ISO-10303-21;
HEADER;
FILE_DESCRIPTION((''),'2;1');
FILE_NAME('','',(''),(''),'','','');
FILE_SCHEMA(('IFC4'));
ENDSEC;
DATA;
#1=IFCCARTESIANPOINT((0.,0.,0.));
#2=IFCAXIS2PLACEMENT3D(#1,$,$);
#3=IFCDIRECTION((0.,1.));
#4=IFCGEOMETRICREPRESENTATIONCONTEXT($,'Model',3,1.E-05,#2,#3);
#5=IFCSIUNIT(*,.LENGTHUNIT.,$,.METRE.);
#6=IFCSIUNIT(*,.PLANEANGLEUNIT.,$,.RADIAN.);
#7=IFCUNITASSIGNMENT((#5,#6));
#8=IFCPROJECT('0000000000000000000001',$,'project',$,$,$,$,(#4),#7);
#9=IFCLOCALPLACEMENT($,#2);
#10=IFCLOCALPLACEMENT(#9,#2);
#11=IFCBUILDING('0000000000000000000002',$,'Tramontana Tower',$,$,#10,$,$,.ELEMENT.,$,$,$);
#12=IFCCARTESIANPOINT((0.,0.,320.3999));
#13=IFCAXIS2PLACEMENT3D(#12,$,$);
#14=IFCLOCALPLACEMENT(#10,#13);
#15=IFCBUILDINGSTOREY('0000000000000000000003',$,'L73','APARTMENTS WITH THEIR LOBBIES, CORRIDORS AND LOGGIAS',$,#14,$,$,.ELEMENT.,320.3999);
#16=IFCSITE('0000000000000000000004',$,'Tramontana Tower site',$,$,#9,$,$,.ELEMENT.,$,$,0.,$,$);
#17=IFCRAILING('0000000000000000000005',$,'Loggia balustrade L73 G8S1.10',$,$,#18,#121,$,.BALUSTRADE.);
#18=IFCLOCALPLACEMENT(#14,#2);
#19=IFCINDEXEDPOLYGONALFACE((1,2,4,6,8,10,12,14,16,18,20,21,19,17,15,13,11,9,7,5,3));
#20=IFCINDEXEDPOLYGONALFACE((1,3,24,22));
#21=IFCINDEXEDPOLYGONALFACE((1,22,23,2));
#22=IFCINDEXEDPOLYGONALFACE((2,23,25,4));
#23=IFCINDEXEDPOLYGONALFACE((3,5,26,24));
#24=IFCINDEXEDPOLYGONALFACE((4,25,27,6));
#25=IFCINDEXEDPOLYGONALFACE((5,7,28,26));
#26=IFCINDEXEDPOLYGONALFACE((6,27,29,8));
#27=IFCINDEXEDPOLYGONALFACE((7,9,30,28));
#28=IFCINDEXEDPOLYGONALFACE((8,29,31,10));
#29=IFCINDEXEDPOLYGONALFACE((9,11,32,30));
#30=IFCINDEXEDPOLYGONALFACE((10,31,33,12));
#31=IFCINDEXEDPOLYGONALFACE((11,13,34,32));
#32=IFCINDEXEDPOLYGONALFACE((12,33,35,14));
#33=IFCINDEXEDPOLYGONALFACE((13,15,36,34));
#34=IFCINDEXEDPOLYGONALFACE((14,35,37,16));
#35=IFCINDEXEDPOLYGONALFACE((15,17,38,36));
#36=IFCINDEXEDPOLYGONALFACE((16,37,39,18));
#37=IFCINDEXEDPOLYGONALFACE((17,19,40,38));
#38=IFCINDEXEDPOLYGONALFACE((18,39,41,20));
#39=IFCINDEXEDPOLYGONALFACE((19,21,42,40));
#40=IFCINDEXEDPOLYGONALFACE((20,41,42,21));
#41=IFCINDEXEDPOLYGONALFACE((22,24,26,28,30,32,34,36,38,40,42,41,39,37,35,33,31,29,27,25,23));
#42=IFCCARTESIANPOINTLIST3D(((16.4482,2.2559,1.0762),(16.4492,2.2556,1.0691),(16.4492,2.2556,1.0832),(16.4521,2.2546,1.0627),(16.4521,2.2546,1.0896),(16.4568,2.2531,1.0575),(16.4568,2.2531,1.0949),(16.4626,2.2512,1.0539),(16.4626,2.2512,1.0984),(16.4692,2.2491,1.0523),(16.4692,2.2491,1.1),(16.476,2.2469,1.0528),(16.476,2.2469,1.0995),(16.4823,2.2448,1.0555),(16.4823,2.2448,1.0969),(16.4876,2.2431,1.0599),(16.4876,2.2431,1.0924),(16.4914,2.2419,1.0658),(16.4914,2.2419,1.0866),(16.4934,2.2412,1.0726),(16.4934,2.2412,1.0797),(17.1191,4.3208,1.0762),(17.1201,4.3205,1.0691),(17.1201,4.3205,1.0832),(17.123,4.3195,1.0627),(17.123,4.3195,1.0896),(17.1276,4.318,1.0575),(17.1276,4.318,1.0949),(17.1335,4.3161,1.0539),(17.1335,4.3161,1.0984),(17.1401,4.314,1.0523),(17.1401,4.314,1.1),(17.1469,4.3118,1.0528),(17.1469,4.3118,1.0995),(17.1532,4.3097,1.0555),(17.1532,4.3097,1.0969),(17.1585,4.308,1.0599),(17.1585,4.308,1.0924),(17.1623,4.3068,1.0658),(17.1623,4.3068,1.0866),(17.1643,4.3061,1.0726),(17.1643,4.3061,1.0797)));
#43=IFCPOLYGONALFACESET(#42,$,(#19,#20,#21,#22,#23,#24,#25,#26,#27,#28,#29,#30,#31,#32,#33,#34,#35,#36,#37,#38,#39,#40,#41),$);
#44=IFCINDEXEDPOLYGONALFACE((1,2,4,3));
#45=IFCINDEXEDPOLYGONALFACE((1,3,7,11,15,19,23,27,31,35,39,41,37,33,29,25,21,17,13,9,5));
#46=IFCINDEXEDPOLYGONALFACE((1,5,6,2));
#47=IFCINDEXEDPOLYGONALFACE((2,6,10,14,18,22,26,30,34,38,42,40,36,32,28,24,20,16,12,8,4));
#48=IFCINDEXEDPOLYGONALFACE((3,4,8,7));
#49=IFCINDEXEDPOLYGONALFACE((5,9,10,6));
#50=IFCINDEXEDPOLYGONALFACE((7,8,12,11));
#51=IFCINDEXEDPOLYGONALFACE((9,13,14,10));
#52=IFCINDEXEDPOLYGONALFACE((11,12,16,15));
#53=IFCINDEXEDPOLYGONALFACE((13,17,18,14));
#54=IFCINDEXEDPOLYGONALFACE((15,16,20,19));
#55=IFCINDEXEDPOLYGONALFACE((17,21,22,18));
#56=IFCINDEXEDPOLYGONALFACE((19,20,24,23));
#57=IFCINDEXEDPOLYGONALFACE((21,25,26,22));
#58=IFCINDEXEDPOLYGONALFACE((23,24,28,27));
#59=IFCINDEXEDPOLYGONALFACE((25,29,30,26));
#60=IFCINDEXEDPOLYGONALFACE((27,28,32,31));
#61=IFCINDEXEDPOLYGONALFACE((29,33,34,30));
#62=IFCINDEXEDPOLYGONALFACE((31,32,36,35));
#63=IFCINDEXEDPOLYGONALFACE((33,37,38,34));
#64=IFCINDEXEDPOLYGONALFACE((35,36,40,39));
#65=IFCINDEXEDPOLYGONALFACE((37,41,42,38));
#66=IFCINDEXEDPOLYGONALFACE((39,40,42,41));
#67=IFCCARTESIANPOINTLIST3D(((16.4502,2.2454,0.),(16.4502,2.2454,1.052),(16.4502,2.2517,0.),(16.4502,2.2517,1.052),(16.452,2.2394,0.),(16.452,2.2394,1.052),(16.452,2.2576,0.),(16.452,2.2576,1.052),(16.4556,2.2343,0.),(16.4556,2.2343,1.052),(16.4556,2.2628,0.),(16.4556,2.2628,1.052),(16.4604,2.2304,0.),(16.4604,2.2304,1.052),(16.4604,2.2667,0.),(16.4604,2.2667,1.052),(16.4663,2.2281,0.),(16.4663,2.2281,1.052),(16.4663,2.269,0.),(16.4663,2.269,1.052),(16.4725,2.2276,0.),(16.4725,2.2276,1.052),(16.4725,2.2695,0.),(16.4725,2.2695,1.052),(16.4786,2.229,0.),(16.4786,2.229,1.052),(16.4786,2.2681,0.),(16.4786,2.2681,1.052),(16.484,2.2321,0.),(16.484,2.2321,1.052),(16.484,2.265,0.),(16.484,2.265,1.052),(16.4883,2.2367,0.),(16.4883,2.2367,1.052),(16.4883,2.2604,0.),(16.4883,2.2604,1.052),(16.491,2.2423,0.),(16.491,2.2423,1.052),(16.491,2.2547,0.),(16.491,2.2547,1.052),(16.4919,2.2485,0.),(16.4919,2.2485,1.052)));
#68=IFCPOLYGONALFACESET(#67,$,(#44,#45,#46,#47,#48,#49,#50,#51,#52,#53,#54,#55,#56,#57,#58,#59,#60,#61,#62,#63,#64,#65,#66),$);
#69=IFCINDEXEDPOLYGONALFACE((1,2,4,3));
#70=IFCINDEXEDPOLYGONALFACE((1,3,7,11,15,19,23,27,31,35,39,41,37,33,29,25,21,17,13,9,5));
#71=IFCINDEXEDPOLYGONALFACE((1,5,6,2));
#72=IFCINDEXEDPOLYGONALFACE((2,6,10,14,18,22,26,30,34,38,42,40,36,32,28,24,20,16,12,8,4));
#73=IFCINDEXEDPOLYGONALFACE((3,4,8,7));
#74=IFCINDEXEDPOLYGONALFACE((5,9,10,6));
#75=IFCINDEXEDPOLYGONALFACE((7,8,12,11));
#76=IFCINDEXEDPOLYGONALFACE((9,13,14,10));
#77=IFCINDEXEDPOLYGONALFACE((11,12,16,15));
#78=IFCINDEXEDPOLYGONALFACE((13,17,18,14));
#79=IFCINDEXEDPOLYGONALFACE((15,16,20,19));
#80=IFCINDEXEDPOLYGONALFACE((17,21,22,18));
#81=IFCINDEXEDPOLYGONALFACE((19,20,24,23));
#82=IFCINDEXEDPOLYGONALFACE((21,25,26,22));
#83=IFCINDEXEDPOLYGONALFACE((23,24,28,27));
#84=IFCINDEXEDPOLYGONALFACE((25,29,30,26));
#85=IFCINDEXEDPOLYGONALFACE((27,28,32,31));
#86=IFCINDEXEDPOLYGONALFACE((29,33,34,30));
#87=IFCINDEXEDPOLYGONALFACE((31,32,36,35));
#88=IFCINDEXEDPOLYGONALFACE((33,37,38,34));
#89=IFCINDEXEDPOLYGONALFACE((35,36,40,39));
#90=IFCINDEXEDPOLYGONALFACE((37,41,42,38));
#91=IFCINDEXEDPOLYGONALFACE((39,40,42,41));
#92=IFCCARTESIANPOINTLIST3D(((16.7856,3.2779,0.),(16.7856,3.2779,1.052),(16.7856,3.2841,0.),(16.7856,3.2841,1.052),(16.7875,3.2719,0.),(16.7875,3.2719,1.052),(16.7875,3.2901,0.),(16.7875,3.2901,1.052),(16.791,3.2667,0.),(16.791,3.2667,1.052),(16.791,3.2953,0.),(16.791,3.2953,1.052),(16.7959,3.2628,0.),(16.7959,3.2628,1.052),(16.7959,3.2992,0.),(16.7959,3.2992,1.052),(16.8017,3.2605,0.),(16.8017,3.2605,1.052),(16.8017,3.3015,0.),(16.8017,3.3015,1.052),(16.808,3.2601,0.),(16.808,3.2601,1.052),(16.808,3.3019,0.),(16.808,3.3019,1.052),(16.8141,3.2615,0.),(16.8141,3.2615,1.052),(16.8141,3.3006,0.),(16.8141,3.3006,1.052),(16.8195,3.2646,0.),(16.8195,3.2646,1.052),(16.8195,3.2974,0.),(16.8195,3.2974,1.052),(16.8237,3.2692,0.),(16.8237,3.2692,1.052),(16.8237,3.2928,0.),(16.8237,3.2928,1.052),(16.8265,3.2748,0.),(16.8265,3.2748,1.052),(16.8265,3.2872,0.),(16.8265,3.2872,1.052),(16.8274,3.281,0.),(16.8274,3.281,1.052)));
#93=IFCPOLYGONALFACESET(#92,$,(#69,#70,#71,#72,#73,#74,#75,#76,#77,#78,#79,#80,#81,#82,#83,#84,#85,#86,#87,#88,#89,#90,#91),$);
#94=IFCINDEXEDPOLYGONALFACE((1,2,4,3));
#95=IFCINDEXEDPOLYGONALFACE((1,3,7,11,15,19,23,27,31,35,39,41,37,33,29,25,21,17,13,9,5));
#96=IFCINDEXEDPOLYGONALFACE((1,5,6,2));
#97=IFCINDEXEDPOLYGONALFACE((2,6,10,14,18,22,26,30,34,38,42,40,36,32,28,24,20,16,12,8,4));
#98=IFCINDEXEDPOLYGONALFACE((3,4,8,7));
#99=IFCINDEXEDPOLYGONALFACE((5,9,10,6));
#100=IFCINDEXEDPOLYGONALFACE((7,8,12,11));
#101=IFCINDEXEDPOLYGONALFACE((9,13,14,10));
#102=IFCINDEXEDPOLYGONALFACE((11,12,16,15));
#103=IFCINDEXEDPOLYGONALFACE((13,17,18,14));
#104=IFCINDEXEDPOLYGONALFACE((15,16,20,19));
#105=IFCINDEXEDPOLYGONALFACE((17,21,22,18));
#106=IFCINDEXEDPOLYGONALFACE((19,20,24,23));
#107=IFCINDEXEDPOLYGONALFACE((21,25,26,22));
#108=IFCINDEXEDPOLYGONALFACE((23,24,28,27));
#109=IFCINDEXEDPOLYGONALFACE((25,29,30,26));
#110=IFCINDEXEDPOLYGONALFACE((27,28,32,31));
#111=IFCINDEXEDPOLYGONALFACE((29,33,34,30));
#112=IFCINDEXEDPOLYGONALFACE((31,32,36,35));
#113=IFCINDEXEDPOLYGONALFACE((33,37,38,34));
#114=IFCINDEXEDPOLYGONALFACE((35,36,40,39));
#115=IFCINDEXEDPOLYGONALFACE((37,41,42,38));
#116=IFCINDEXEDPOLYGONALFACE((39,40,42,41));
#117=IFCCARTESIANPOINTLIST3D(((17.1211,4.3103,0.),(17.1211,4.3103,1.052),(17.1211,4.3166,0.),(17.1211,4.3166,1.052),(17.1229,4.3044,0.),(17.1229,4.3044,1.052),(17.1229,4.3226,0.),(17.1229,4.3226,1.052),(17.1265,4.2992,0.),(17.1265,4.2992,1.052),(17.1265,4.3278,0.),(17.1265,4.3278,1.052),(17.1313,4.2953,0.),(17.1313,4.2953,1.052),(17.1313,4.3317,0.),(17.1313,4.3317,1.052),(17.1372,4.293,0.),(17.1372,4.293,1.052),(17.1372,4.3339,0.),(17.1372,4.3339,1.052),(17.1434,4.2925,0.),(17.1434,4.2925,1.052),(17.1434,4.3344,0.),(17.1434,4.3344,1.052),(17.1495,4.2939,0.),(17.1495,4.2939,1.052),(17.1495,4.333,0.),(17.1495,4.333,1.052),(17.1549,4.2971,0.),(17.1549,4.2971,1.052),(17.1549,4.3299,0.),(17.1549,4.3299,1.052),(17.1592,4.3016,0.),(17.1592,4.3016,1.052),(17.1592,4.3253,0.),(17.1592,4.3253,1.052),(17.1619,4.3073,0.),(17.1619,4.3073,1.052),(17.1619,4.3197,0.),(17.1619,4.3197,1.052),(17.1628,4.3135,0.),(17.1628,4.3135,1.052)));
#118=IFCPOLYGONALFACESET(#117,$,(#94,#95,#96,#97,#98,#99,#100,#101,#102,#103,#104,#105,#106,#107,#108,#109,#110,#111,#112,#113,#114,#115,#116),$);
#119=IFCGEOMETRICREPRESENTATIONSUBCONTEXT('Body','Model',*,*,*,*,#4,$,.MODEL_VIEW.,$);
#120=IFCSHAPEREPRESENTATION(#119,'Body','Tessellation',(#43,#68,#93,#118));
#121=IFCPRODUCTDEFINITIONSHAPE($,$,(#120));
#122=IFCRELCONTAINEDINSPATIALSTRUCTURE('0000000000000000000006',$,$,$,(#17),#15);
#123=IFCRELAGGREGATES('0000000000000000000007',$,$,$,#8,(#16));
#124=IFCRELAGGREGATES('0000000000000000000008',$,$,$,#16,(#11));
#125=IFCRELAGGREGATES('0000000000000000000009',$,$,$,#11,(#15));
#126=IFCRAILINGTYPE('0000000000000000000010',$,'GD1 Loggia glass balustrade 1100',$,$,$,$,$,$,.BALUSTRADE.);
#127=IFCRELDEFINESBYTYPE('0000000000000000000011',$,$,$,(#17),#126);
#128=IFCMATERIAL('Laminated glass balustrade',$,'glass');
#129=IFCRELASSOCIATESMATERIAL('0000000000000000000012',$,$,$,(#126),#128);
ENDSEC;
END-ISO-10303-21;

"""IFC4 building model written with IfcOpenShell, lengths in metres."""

from ifc_helpers import new_model, si_unit, direction, frame, origin, origin_2d, place, context, subcontext, project, spatial, circle, extrude, material, type_object, element, save


model = new_model("IFC4")

# Units and contexts
model_context = context("Model", 3, precision=1e-05, world=origin(), true_north=direction((0.0, 1.0)))
body_context = subcontext(model_context, "Body", "Model", "MODEL_VIEW")
ifc_project = project(units=[si_unit("LENGTHUNIT", "METRE"), si_unit("PLANEANGLEUNIT", "RADIAN")], contexts=[model_context])

# Site, building, storey
site_placement = place(None, origin())
site = spatial("IfcSite", under=ifc_project, at=site_placement, Name="Tramontana Tower site", CompositionType="ELEMENT", RefElevation=0.0)
building_placement = place(site_placement, origin())
building = spatial("IfcBuilding", under=site, at=building_placement, Name="Tramontana Tower", CompositionType="ELEMENT")
storey_placement = place(building_placement, frame((0.0, 0.0, 320.3999)))
storey = spatial("IfcBuildingStorey", under=building, at=storey_placement, Name="L73", Description="APARTMENTS WITH THEIR LOBBIES, CORRIDORS AND LOGGIAS", CompositionType="ELEMENT", Elevation=320.3999)

# Railing
ifc_material_1 = material(Name="Laminated glass balustrade", Category="glass")
railing_type = type_object("IfcRailingType", Name="GD1 Loggia glass balustrade 1100", PredefinedType="BALUSTRADE", material=ifc_material_1)
railing_1_placement = place(storey_placement, frame((16.4709, 2.2485, 0.0)))
element("IfcRailing", 1, at=railing_1_placement, inside=storey, type_object=railing_type, Name="Loggia balustrade L73 G8S1.10", PredefinedType="BALUSTRADE", context=body_context, shape_type="SweptSolid", body=[
    extrude(circle(Radius=0.0239, at=origin_2d()), frame((0.0, 0.0, 1.0762), z_axis=(0.309, 0.951062, 0.0), x_axis=(-0.951062, 0.309, 0.0)), (0.0, 0.0, 1.0), 2.1711),
    extrude(circle(Radius=0.021, at=origin_2d()), origin(), (0.0, 0.0, 1.0), 1.052),
    extrude(circle(Radius=0.021, at=origin_2d()), frame((0.3354, 1.0325, 0.0)), (0.0, 0.0, 1.0), 1.052),
    extrude(circle(Radius=0.021, at=origin_2d()), frame((0.6709, 2.0649, 0.0)), (0.0, 0.0, 1.0), 1.052),
])

save(model, "model.ifc")
